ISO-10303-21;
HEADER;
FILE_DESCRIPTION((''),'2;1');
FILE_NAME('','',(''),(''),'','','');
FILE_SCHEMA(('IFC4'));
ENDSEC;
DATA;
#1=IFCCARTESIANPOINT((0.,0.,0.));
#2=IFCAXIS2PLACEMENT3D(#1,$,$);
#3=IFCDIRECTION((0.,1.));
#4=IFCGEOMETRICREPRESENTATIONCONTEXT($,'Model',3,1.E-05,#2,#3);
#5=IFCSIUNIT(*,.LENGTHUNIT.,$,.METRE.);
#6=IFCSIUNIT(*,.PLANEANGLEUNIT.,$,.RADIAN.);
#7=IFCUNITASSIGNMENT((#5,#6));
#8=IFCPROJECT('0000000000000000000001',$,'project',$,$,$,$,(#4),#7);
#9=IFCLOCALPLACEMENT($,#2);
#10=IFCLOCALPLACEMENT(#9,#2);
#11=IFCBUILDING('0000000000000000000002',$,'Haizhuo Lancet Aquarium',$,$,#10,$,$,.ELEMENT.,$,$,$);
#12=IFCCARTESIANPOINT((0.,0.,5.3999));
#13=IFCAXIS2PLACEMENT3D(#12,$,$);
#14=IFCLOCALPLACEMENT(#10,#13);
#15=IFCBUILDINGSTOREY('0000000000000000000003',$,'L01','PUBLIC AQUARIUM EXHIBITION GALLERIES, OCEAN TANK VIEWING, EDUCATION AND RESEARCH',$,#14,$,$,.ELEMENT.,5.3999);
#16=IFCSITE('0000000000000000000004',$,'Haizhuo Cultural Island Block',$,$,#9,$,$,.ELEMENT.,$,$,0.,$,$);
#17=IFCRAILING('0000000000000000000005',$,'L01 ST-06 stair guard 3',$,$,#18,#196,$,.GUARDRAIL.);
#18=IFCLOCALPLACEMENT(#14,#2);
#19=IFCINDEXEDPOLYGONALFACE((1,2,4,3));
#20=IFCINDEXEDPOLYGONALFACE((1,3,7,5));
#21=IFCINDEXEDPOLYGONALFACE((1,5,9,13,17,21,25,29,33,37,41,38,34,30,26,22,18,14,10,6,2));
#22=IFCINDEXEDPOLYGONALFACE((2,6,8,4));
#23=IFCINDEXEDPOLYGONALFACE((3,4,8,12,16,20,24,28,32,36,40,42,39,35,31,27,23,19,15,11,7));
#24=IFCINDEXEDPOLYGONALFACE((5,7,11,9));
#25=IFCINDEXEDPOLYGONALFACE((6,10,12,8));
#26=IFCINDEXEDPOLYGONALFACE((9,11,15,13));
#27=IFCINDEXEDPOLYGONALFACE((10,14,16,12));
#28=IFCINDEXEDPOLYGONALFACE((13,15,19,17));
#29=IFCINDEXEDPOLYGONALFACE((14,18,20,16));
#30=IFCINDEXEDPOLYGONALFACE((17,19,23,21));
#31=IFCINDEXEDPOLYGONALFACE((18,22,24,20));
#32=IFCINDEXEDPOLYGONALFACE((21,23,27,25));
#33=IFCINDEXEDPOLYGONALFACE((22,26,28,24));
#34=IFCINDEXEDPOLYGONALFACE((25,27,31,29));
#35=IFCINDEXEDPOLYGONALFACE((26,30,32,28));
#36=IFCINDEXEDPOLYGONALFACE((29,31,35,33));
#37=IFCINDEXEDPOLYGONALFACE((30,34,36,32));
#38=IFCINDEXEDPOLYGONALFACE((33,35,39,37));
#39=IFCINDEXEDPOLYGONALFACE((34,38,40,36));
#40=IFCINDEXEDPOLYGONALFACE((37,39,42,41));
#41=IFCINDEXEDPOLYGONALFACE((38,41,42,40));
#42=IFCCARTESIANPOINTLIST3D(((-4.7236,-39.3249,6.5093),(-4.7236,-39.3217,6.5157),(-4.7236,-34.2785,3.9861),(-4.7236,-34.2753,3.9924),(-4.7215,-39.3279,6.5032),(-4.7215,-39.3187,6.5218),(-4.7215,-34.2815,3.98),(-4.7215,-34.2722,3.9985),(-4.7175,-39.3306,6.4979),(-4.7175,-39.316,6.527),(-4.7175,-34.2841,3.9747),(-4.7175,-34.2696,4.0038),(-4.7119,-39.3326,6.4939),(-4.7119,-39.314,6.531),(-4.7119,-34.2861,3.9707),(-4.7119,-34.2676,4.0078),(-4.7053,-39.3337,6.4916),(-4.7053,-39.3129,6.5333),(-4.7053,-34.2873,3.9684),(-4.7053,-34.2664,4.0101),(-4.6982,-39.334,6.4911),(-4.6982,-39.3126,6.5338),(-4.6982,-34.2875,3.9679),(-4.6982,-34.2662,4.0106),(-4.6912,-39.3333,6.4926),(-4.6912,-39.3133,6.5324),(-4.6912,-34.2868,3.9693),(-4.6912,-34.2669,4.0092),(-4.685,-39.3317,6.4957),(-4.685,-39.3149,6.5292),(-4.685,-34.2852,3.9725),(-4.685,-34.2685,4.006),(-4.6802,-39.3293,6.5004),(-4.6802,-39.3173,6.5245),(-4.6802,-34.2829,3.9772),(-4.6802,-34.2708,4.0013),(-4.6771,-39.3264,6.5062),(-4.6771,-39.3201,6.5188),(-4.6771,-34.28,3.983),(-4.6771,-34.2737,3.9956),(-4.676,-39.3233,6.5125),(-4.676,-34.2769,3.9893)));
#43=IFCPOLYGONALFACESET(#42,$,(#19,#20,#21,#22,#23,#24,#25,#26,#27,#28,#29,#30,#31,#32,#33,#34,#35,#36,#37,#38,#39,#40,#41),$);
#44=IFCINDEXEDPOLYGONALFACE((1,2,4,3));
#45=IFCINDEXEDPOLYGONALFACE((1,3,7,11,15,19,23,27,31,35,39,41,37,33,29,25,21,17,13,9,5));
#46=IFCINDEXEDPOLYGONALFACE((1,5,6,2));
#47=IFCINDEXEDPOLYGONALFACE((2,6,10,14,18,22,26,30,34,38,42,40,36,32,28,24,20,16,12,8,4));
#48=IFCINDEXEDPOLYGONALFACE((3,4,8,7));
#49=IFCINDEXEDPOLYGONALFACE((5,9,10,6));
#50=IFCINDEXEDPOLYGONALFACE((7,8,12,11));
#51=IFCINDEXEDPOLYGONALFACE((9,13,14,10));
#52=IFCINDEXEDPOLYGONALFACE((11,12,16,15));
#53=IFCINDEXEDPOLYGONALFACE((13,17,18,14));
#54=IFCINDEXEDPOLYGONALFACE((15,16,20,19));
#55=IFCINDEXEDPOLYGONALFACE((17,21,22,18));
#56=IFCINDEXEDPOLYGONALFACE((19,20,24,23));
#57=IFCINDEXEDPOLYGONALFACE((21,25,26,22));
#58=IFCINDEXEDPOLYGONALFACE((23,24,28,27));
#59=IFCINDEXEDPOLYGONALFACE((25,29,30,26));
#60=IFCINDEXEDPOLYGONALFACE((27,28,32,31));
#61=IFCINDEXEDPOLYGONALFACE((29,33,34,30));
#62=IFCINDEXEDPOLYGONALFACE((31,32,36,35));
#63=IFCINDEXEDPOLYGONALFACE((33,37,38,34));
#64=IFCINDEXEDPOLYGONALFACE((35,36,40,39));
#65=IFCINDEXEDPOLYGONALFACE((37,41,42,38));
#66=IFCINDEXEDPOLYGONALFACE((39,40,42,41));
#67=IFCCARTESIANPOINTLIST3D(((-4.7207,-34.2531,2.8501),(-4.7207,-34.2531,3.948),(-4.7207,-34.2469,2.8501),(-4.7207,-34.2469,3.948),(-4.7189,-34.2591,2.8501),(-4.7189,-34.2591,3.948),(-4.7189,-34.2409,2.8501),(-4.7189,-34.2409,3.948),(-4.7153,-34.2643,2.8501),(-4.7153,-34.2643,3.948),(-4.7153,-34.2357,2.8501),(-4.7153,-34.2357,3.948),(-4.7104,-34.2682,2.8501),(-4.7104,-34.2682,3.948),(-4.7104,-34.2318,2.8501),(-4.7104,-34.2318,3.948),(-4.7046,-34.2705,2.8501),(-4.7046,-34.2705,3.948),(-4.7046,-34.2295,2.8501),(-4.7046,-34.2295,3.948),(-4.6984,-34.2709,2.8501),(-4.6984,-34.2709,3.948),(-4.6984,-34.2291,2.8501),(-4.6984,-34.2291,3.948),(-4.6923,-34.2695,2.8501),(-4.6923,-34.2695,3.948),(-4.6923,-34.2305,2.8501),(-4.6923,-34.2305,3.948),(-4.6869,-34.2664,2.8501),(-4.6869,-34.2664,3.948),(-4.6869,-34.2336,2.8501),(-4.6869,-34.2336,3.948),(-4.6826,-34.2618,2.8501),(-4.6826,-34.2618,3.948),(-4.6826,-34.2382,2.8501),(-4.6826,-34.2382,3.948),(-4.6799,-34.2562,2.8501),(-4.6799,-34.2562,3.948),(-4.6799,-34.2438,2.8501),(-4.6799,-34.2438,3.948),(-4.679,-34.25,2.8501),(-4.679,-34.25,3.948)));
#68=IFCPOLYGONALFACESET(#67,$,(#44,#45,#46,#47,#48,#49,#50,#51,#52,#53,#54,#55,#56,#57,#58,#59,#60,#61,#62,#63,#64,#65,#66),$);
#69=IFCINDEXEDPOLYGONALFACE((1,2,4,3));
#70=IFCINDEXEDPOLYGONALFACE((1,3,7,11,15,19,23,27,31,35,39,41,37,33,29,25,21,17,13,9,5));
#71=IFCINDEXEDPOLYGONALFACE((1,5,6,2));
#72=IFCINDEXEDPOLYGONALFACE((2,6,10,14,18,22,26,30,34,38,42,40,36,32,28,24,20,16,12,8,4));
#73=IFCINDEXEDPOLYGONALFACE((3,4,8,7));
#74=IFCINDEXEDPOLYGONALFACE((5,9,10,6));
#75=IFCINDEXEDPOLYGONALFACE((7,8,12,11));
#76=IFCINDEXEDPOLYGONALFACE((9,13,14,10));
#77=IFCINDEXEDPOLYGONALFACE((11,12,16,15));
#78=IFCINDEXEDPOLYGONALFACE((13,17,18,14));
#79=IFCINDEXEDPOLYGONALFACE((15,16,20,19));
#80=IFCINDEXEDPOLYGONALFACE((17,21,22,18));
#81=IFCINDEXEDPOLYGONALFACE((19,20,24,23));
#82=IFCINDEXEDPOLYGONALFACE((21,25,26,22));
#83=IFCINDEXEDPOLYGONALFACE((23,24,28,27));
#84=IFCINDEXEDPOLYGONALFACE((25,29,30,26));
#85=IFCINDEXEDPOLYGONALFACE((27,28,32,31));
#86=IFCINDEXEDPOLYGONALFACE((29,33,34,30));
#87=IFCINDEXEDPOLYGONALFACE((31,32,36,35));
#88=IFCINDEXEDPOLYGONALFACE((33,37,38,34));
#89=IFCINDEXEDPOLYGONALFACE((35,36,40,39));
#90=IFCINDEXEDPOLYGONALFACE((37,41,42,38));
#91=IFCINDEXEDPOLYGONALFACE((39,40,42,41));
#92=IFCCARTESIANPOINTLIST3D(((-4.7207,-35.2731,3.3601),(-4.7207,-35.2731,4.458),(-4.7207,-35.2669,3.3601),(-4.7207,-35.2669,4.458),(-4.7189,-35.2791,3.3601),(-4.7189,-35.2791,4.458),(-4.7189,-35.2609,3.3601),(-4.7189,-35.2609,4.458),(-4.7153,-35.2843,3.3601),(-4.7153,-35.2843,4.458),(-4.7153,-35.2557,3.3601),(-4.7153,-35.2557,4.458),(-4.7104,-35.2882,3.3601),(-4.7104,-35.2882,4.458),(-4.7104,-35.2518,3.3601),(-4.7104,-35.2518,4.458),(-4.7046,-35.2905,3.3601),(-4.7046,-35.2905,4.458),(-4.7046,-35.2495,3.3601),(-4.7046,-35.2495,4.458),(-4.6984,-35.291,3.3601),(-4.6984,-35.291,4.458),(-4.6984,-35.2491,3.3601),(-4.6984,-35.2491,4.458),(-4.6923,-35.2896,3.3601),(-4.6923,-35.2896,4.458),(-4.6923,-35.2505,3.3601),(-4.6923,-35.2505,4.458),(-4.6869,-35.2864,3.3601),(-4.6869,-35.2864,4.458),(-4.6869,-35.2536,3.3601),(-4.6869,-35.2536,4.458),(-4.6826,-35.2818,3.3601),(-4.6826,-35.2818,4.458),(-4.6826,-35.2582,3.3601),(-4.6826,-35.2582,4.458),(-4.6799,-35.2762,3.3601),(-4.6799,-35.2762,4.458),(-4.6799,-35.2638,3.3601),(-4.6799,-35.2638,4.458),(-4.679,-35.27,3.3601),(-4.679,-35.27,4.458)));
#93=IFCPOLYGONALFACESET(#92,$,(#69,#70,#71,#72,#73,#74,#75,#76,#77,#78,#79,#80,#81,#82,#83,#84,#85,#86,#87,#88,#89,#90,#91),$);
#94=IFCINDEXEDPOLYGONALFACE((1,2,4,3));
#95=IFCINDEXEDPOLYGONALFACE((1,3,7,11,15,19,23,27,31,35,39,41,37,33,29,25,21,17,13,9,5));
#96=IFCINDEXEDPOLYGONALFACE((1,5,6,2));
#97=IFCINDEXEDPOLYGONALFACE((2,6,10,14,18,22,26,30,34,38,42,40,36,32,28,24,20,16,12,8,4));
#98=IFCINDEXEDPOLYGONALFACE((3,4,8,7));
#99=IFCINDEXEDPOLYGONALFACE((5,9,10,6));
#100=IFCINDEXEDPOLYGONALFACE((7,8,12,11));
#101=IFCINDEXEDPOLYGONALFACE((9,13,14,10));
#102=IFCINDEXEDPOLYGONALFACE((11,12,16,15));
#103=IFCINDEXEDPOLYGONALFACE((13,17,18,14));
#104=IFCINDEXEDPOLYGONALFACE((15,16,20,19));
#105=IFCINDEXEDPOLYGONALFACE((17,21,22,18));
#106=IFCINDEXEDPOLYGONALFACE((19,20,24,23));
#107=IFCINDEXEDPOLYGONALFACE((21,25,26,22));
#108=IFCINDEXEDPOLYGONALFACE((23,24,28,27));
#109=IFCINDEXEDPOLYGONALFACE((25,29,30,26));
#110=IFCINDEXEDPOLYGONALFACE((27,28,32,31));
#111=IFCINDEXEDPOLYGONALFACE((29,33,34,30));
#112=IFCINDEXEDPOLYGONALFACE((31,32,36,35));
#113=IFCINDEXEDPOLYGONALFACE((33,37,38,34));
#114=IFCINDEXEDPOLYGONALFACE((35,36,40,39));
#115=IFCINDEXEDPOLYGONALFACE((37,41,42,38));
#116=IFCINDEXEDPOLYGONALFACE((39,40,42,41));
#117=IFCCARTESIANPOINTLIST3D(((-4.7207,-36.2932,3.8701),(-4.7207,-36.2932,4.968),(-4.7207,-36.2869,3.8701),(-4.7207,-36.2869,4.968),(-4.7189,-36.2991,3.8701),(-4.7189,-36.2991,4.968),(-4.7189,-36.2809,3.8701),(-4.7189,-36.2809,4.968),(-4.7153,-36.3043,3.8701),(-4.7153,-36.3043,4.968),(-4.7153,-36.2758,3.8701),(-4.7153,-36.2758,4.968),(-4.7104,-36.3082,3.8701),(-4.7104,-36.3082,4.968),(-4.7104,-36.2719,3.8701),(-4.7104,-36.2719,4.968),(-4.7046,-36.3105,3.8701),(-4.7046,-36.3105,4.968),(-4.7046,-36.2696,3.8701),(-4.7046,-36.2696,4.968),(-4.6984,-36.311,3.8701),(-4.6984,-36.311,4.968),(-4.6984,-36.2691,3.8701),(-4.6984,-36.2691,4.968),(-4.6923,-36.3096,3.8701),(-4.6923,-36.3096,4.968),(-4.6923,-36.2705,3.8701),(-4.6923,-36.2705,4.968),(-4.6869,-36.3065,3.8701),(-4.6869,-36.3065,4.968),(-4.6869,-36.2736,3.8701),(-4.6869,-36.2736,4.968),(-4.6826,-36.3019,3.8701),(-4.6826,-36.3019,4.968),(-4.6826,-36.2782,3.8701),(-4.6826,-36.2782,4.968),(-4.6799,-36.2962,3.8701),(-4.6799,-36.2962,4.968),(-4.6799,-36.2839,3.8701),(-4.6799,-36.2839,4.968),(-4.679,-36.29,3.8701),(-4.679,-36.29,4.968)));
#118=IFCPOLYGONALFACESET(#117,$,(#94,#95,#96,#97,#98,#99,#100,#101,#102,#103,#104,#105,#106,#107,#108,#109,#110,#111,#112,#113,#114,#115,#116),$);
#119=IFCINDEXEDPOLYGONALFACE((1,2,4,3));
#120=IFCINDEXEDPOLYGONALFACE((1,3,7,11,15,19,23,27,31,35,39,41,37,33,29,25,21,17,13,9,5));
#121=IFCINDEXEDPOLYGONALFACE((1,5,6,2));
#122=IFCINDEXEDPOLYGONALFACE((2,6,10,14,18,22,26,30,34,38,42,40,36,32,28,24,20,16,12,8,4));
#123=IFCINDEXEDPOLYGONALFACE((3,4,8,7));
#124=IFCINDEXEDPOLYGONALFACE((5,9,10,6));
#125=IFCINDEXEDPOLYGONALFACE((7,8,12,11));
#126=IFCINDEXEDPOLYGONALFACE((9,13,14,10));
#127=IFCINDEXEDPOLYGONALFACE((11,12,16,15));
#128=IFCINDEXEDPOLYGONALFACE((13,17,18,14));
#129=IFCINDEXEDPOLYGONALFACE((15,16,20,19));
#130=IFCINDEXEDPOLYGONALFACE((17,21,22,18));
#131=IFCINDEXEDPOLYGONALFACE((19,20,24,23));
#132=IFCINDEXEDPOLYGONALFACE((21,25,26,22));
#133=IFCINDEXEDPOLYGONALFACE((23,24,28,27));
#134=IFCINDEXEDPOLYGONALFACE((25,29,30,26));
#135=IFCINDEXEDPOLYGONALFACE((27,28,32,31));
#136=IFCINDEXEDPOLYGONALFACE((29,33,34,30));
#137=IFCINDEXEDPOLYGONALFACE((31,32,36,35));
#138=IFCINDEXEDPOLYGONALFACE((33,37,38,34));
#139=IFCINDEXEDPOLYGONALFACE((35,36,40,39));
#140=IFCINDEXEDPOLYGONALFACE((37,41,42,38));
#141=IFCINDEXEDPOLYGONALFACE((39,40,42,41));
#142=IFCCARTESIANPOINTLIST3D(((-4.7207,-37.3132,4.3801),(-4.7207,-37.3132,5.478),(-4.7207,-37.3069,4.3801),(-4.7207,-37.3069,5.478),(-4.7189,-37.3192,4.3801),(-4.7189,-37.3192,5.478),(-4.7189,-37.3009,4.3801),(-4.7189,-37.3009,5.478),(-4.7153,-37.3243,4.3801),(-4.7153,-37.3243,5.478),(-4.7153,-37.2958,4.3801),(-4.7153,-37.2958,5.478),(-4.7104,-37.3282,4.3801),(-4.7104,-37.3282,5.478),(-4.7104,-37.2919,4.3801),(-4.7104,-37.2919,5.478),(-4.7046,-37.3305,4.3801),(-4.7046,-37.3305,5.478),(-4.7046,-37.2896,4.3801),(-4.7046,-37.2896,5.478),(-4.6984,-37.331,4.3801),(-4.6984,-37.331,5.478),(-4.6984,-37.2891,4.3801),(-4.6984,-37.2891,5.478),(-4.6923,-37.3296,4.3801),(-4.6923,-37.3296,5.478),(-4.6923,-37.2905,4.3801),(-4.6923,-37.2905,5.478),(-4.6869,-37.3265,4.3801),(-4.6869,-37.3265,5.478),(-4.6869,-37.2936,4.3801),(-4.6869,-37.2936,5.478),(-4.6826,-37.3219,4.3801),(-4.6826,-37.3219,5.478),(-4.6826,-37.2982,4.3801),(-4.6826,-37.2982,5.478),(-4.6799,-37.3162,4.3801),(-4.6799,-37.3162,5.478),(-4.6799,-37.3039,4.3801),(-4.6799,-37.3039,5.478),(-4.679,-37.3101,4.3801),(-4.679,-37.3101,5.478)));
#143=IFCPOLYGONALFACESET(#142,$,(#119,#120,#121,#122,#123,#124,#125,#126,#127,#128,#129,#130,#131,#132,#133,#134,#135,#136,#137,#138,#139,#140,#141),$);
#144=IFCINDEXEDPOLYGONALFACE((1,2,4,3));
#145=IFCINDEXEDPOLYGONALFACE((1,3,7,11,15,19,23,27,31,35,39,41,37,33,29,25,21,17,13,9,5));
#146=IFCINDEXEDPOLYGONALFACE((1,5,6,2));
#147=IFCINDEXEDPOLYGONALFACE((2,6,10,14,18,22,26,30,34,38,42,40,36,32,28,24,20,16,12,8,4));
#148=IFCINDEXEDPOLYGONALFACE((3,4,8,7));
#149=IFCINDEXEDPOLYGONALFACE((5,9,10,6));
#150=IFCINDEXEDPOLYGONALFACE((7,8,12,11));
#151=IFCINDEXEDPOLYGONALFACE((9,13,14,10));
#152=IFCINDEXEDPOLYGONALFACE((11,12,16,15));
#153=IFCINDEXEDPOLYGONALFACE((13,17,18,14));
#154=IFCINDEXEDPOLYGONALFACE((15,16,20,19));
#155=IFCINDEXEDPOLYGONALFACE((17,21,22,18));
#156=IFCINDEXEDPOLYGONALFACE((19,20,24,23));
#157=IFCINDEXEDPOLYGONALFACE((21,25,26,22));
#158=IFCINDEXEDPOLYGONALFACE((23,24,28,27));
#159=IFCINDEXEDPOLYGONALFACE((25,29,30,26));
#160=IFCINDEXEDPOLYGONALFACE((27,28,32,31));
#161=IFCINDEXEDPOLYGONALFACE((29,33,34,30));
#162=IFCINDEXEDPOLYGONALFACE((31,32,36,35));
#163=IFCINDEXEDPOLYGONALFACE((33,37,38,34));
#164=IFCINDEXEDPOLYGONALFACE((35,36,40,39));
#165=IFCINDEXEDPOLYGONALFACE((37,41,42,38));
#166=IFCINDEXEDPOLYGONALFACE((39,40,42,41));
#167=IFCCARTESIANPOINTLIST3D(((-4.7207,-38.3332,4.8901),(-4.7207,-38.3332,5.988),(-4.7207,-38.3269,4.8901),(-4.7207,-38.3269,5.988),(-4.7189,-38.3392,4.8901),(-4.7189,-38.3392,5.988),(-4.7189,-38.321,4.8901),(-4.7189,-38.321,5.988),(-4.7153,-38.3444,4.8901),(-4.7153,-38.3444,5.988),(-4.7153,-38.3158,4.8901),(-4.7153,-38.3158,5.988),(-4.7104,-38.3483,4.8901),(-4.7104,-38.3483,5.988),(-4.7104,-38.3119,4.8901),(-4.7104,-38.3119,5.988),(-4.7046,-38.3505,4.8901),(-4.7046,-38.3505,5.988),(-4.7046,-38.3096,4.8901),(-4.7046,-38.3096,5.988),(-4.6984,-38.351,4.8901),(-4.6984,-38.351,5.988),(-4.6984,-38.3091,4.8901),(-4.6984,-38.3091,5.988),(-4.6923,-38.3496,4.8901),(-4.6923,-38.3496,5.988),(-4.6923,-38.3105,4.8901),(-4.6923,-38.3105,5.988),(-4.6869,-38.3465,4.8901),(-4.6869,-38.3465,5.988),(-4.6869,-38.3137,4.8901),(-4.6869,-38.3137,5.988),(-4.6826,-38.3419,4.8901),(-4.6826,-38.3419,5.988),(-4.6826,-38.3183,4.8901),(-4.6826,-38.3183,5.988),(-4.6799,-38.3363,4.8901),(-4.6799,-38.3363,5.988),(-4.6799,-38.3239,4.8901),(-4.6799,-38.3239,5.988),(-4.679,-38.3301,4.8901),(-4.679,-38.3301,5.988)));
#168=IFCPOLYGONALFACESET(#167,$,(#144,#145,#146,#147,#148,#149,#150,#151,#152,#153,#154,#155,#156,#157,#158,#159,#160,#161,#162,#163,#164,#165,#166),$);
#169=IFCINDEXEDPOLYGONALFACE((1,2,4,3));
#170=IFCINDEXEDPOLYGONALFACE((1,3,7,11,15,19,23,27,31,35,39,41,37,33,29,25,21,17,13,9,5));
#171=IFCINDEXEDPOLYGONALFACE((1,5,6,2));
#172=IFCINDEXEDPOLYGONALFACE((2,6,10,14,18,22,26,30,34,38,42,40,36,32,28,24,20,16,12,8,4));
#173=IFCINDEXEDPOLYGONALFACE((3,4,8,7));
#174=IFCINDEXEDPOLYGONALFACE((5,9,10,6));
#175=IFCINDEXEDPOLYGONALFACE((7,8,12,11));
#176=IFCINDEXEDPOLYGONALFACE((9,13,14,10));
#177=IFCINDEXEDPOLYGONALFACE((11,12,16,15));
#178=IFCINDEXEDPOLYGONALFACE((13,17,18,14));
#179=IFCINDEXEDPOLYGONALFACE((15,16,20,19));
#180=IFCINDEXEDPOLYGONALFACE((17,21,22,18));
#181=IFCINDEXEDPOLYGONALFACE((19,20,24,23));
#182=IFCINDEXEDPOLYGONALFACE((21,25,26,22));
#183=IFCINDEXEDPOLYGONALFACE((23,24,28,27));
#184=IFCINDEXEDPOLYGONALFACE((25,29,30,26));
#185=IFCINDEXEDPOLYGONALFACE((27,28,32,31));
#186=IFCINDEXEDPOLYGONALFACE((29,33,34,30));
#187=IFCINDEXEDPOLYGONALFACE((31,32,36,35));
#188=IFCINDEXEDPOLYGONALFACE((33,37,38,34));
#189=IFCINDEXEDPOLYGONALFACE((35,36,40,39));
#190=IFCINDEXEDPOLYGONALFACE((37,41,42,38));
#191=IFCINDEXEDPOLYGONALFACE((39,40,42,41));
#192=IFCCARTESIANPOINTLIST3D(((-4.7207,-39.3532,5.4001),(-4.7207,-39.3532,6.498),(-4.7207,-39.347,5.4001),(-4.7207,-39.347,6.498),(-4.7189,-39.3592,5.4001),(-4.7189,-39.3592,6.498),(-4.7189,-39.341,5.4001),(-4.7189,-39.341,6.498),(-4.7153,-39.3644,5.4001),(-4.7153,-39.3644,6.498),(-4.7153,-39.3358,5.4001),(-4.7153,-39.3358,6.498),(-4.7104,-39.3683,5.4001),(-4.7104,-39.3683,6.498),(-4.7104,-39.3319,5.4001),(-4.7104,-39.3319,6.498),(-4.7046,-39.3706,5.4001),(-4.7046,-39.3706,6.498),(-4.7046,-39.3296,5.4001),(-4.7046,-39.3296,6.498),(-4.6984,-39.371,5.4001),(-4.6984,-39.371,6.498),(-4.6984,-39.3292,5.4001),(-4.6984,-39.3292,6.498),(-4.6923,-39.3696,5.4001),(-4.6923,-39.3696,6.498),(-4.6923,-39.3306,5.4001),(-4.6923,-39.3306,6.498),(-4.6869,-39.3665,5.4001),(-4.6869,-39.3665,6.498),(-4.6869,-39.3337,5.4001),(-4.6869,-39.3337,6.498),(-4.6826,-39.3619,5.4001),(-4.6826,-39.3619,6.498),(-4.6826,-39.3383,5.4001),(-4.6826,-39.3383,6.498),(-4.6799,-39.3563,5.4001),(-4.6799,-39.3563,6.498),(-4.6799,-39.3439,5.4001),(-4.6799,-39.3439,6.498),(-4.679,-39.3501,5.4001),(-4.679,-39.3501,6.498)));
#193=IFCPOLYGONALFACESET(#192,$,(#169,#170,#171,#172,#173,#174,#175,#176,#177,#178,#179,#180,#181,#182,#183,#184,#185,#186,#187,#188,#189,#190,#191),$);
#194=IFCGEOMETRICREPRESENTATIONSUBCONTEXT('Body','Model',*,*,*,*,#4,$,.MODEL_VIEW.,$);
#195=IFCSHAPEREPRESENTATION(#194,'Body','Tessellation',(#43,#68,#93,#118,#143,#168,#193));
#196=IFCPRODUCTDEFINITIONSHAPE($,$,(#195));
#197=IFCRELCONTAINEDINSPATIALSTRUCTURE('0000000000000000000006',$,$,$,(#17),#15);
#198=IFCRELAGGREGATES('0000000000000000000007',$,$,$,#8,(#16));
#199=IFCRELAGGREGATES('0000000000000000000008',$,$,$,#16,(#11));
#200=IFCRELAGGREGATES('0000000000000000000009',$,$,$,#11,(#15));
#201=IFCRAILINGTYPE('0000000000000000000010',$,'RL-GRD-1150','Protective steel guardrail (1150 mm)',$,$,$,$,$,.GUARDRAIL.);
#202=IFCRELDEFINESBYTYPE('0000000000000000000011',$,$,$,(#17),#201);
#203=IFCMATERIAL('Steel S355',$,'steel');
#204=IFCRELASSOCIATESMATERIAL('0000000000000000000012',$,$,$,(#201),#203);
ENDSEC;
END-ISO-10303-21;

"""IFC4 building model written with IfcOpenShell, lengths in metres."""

from ifc_helpers import new_model, si_unit, direction, frame, origin, origin_2d, place, context, subcontext, project, spatial, circle, extrude, material, type_object, element, save


model = new_model("IFC4")

# Units and contexts
model_context = context("Model", 3, precision=1e-05, world=origin(), true_north=direction((0.0, 1.0)))
body_context = subcontext(model_context, "Body", "Model", "MODEL_VIEW")
ifc_project = project(units=[si_unit("LENGTHUNIT", "METRE"), si_unit("PLANEANGLEUNIT", "RADIAN")], contexts=[model_context])

# Site, building, storey
site_placement = place(None, origin())
site = spatial("IfcSite", under=ifc_project, at=site_placement, Name="Haizhuo Cultural Island Block", CompositionType="ELEMENT", RefElevation=0.0)
building_placement = place(site_placement, origin())
building = spatial("IfcBuilding", under=site, at=building_placement, Name="Haizhuo Lancet Aquarium", CompositionType="ELEMENT")
storey_placement = place(building_placement, frame((0.0, 0.0, 5.3999)))
storey = spatial("IfcBuildingStorey", under=building, at=storey_placement, Name="L01", Description="PUBLIC AQUARIUM EXHIBITION GALLERIES, OCEAN TANK VIEWING, EDUCATION AND RESEARCH", CompositionType="ELEMENT", Elevation=5.3999)

# Shared definitions
ifc_material_1 = material(Name="Steel S355", Category="steel")

# Railing
railing_type_1 = type_object("IfcRailingType", Name="RL-GRD-1150", Description="Protective steel guardrail (1150 mm)", PredefinedType="GUARDRAIL", material=ifc_material_1)
railing_1_placement = place(storey_placement, frame((-4.7, -34.25, 2.8501)))
element("IfcRailing", 1, at=railing_1_placement, inside=storey, type_object=railing_type_1, Name="L01 ST-06 stair guard 3", PredefinedType="GUARDRAIL", context=body_context, shape_type="SweptSolid", body=[
    extrude(circle(Radius=0.0239, at=origin_2d()), frame((0.0, -0.0269, 1.1392), z_axis=(0.0, -0.894427, 0.447214), x_axis=(1.0, 0.0, 0.0)), (0.0, 0.0, 1.0), 5.6421),
    extrude(circle(Radius=0.021, at=origin_2d()), origin(), (0.0, 0.0, 1.0), 1.0979),
    extrude(circle(Radius=0.021, at=origin_2d()), frame((0.0, -1.02, 0.51)), (0.0, 0.0, 1.0), 1.0979),
    extrude(circle(Radius=0.021, at=origin_2d()), frame((0.0, -2.04, 1.02)), (0.0, 0.0, 1.0), 1.0979),
    extrude(circle(Radius=0.021, at=origin_2d()), frame((0.0, -3.0601, 1.53)), (0.0, 0.0, 1.0), 1.0979),
    extrude(circle(Radius=0.021, at=origin_2d()), frame((0.0, -4.0801, 2.04)), (0.0, 0.0, 1.0), 1.0979),
    extrude(circle(Radius=0.021, at=origin_2d()), frame((0.0, -5.1001, 2.55)), (0.0, 0.0, 1.0), 1.0979),
])

save(model, "model.ifc")
